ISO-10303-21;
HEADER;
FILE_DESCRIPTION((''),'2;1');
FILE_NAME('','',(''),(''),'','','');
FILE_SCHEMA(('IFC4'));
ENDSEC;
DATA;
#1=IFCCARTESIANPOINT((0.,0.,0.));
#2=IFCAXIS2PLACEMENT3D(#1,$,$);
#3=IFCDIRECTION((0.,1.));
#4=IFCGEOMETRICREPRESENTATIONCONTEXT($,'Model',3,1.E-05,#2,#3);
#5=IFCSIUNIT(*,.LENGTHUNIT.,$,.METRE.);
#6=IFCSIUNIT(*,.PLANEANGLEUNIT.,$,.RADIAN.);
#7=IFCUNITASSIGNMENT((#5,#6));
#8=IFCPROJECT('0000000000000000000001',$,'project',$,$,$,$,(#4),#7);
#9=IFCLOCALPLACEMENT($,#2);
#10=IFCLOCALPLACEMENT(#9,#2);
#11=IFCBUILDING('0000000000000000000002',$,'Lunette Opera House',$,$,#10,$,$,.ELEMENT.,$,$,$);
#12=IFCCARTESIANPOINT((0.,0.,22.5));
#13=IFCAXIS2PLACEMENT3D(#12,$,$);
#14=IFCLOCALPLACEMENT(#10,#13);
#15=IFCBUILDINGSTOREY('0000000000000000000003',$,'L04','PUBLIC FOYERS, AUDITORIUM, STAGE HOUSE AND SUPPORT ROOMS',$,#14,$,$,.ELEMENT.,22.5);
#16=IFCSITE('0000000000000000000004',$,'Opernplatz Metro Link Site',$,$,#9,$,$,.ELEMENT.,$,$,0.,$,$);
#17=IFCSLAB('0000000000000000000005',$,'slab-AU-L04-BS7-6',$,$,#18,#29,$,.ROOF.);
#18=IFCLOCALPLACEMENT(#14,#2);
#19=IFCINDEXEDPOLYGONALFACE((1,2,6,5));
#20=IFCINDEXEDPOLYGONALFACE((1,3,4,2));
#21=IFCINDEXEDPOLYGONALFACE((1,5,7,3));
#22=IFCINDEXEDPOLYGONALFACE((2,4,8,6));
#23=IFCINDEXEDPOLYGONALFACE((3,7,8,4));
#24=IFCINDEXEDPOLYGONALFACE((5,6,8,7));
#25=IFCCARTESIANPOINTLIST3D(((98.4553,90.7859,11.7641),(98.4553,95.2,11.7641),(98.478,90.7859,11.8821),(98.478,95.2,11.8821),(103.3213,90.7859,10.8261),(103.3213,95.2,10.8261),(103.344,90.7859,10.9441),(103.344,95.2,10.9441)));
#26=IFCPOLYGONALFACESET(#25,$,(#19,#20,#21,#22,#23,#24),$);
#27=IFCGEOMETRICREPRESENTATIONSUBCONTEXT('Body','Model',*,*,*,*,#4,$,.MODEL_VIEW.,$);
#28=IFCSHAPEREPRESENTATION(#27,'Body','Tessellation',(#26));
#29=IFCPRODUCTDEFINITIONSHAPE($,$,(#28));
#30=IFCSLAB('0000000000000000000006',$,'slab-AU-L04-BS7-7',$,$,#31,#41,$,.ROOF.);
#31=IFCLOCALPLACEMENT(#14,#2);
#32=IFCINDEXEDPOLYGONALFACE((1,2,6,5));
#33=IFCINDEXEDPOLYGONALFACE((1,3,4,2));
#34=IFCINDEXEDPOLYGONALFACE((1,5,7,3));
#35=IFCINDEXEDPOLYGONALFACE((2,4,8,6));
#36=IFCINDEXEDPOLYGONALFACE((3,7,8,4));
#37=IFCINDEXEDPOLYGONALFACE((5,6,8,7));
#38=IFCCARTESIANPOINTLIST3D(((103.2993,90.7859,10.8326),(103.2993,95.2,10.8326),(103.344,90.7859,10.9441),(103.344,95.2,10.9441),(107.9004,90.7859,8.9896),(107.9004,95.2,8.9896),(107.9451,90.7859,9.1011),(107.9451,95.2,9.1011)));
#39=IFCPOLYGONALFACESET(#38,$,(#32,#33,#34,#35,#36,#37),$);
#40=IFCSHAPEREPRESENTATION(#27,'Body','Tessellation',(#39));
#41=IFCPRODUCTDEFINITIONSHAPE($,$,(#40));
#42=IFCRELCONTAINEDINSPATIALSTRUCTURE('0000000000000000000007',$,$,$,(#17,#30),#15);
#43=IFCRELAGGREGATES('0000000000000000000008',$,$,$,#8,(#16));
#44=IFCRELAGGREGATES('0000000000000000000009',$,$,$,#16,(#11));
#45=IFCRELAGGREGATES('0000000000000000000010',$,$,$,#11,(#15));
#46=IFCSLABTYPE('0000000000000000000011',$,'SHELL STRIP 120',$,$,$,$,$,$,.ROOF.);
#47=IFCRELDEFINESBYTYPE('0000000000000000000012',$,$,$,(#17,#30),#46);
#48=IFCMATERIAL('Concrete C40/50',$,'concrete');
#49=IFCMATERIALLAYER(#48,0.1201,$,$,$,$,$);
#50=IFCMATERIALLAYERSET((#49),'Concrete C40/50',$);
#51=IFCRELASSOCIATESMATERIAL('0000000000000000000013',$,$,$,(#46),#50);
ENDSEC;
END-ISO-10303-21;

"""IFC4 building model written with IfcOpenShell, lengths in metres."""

from ifc_helpers import new_model, si_unit, direction, frame, origin, place, context, subcontext, project, spatial, polyline, outline, extrude, material, layer, layer_set, type_object, element, save


model = new_model("IFC4")

# Units and contexts
model_context = context("Model", 3, precision=1e-05, world=origin(), true_north=direction((0.0, 1.0)))
body_context = subcontext(model_context, "Body", "Model", "MODEL_VIEW")
ifc_project = project(units=[si_unit("LENGTHUNIT", "METRE"), si_unit("PLANEANGLEUNIT", "RADIAN")], contexts=[model_context])

# Site, building, storey
site_placement = place(None, origin())
site = spatial("IfcSite", under=ifc_project, at=site_placement, Name="Opernplatz Metro Link Site", CompositionType="ELEMENT", RefElevation=0.0)
building_placement = place(site_placement, origin())
building = spatial("IfcBuilding", under=site, at=building_placement, Name="Lunette Opera House", CompositionType="ELEMENT")
storey_placement = place(building_placement, frame((0.0, 0.0, 22.5)))
storey = spatial("IfcBuildingStorey", under=building, at=storey_placement, Name="L04", Description="PUBLIC FOYERS, AUDITORIUM, STAGE HOUSE AND SUPPORT ROOMS", CompositionType="ELEMENT", Elevation=22.5)

# Slabs
ifc_material_1 = material(Name="Concrete C40/50", Category="concrete")
ifc_layer = layer(ifc_material_1, 0.1201)
ifc_layer_set = layer_set([ifc_layer], Name="Concrete C40/50")
slab_type = type_object("IfcSlabType", Name="SHELL STRIP 120", PredefinedType="ROOF", material=ifc_layer_set)
for number, where, z_axis, x_axis, name in (
    (1, (98.478, 90.7859, 11.8821), (0.18928, 0.0, 0.981923), (0.981923, 0.0, -0.18928), "slab-AU-L04-BS7-6"),
):
    element("IfcSlab", number, at=place(storey_placement, frame(where, z_axis=z_axis, x_axis=x_axis)), inside=storey, type_object=slab_type, Name=name, PredefinedType="ROOF", context=body_context, shape_type="SweptSolid", body=[
        extrude(outline(polyline([(0.0, 0.0), (4.9555, 0.0), (4.9555, 4.4141), (0.0, 4.4141), (0.0, 0.0)])), origin(), (0.0, 0.0, -1.0), 0.1201),
    ])
slab_1_placement = place(storey_placement, frame((103.344, 90.7859, 10.9441), z_axis=(0.371841, 0.0, 0.928297), x_axis=(0.928297, 0.0, -0.371841)))
element("IfcSlab", 2, at=slab_1_placement, inside=storey, type_object=slab_type, Name="slab-AU-L04-BS7-7", PredefinedType="ROOF", context=body_context, shape_type="SweptSolid", body=[
    extrude(outline(polyline([(0.0, 0.0), (4.9565, 0.0), (4.9565, 4.4141), (0.0, 4.4141), (0.0, 0.0)])), origin(), (0.0, 0.0, -1.0), 0.1201),
])

save(model, "model.ifc")
